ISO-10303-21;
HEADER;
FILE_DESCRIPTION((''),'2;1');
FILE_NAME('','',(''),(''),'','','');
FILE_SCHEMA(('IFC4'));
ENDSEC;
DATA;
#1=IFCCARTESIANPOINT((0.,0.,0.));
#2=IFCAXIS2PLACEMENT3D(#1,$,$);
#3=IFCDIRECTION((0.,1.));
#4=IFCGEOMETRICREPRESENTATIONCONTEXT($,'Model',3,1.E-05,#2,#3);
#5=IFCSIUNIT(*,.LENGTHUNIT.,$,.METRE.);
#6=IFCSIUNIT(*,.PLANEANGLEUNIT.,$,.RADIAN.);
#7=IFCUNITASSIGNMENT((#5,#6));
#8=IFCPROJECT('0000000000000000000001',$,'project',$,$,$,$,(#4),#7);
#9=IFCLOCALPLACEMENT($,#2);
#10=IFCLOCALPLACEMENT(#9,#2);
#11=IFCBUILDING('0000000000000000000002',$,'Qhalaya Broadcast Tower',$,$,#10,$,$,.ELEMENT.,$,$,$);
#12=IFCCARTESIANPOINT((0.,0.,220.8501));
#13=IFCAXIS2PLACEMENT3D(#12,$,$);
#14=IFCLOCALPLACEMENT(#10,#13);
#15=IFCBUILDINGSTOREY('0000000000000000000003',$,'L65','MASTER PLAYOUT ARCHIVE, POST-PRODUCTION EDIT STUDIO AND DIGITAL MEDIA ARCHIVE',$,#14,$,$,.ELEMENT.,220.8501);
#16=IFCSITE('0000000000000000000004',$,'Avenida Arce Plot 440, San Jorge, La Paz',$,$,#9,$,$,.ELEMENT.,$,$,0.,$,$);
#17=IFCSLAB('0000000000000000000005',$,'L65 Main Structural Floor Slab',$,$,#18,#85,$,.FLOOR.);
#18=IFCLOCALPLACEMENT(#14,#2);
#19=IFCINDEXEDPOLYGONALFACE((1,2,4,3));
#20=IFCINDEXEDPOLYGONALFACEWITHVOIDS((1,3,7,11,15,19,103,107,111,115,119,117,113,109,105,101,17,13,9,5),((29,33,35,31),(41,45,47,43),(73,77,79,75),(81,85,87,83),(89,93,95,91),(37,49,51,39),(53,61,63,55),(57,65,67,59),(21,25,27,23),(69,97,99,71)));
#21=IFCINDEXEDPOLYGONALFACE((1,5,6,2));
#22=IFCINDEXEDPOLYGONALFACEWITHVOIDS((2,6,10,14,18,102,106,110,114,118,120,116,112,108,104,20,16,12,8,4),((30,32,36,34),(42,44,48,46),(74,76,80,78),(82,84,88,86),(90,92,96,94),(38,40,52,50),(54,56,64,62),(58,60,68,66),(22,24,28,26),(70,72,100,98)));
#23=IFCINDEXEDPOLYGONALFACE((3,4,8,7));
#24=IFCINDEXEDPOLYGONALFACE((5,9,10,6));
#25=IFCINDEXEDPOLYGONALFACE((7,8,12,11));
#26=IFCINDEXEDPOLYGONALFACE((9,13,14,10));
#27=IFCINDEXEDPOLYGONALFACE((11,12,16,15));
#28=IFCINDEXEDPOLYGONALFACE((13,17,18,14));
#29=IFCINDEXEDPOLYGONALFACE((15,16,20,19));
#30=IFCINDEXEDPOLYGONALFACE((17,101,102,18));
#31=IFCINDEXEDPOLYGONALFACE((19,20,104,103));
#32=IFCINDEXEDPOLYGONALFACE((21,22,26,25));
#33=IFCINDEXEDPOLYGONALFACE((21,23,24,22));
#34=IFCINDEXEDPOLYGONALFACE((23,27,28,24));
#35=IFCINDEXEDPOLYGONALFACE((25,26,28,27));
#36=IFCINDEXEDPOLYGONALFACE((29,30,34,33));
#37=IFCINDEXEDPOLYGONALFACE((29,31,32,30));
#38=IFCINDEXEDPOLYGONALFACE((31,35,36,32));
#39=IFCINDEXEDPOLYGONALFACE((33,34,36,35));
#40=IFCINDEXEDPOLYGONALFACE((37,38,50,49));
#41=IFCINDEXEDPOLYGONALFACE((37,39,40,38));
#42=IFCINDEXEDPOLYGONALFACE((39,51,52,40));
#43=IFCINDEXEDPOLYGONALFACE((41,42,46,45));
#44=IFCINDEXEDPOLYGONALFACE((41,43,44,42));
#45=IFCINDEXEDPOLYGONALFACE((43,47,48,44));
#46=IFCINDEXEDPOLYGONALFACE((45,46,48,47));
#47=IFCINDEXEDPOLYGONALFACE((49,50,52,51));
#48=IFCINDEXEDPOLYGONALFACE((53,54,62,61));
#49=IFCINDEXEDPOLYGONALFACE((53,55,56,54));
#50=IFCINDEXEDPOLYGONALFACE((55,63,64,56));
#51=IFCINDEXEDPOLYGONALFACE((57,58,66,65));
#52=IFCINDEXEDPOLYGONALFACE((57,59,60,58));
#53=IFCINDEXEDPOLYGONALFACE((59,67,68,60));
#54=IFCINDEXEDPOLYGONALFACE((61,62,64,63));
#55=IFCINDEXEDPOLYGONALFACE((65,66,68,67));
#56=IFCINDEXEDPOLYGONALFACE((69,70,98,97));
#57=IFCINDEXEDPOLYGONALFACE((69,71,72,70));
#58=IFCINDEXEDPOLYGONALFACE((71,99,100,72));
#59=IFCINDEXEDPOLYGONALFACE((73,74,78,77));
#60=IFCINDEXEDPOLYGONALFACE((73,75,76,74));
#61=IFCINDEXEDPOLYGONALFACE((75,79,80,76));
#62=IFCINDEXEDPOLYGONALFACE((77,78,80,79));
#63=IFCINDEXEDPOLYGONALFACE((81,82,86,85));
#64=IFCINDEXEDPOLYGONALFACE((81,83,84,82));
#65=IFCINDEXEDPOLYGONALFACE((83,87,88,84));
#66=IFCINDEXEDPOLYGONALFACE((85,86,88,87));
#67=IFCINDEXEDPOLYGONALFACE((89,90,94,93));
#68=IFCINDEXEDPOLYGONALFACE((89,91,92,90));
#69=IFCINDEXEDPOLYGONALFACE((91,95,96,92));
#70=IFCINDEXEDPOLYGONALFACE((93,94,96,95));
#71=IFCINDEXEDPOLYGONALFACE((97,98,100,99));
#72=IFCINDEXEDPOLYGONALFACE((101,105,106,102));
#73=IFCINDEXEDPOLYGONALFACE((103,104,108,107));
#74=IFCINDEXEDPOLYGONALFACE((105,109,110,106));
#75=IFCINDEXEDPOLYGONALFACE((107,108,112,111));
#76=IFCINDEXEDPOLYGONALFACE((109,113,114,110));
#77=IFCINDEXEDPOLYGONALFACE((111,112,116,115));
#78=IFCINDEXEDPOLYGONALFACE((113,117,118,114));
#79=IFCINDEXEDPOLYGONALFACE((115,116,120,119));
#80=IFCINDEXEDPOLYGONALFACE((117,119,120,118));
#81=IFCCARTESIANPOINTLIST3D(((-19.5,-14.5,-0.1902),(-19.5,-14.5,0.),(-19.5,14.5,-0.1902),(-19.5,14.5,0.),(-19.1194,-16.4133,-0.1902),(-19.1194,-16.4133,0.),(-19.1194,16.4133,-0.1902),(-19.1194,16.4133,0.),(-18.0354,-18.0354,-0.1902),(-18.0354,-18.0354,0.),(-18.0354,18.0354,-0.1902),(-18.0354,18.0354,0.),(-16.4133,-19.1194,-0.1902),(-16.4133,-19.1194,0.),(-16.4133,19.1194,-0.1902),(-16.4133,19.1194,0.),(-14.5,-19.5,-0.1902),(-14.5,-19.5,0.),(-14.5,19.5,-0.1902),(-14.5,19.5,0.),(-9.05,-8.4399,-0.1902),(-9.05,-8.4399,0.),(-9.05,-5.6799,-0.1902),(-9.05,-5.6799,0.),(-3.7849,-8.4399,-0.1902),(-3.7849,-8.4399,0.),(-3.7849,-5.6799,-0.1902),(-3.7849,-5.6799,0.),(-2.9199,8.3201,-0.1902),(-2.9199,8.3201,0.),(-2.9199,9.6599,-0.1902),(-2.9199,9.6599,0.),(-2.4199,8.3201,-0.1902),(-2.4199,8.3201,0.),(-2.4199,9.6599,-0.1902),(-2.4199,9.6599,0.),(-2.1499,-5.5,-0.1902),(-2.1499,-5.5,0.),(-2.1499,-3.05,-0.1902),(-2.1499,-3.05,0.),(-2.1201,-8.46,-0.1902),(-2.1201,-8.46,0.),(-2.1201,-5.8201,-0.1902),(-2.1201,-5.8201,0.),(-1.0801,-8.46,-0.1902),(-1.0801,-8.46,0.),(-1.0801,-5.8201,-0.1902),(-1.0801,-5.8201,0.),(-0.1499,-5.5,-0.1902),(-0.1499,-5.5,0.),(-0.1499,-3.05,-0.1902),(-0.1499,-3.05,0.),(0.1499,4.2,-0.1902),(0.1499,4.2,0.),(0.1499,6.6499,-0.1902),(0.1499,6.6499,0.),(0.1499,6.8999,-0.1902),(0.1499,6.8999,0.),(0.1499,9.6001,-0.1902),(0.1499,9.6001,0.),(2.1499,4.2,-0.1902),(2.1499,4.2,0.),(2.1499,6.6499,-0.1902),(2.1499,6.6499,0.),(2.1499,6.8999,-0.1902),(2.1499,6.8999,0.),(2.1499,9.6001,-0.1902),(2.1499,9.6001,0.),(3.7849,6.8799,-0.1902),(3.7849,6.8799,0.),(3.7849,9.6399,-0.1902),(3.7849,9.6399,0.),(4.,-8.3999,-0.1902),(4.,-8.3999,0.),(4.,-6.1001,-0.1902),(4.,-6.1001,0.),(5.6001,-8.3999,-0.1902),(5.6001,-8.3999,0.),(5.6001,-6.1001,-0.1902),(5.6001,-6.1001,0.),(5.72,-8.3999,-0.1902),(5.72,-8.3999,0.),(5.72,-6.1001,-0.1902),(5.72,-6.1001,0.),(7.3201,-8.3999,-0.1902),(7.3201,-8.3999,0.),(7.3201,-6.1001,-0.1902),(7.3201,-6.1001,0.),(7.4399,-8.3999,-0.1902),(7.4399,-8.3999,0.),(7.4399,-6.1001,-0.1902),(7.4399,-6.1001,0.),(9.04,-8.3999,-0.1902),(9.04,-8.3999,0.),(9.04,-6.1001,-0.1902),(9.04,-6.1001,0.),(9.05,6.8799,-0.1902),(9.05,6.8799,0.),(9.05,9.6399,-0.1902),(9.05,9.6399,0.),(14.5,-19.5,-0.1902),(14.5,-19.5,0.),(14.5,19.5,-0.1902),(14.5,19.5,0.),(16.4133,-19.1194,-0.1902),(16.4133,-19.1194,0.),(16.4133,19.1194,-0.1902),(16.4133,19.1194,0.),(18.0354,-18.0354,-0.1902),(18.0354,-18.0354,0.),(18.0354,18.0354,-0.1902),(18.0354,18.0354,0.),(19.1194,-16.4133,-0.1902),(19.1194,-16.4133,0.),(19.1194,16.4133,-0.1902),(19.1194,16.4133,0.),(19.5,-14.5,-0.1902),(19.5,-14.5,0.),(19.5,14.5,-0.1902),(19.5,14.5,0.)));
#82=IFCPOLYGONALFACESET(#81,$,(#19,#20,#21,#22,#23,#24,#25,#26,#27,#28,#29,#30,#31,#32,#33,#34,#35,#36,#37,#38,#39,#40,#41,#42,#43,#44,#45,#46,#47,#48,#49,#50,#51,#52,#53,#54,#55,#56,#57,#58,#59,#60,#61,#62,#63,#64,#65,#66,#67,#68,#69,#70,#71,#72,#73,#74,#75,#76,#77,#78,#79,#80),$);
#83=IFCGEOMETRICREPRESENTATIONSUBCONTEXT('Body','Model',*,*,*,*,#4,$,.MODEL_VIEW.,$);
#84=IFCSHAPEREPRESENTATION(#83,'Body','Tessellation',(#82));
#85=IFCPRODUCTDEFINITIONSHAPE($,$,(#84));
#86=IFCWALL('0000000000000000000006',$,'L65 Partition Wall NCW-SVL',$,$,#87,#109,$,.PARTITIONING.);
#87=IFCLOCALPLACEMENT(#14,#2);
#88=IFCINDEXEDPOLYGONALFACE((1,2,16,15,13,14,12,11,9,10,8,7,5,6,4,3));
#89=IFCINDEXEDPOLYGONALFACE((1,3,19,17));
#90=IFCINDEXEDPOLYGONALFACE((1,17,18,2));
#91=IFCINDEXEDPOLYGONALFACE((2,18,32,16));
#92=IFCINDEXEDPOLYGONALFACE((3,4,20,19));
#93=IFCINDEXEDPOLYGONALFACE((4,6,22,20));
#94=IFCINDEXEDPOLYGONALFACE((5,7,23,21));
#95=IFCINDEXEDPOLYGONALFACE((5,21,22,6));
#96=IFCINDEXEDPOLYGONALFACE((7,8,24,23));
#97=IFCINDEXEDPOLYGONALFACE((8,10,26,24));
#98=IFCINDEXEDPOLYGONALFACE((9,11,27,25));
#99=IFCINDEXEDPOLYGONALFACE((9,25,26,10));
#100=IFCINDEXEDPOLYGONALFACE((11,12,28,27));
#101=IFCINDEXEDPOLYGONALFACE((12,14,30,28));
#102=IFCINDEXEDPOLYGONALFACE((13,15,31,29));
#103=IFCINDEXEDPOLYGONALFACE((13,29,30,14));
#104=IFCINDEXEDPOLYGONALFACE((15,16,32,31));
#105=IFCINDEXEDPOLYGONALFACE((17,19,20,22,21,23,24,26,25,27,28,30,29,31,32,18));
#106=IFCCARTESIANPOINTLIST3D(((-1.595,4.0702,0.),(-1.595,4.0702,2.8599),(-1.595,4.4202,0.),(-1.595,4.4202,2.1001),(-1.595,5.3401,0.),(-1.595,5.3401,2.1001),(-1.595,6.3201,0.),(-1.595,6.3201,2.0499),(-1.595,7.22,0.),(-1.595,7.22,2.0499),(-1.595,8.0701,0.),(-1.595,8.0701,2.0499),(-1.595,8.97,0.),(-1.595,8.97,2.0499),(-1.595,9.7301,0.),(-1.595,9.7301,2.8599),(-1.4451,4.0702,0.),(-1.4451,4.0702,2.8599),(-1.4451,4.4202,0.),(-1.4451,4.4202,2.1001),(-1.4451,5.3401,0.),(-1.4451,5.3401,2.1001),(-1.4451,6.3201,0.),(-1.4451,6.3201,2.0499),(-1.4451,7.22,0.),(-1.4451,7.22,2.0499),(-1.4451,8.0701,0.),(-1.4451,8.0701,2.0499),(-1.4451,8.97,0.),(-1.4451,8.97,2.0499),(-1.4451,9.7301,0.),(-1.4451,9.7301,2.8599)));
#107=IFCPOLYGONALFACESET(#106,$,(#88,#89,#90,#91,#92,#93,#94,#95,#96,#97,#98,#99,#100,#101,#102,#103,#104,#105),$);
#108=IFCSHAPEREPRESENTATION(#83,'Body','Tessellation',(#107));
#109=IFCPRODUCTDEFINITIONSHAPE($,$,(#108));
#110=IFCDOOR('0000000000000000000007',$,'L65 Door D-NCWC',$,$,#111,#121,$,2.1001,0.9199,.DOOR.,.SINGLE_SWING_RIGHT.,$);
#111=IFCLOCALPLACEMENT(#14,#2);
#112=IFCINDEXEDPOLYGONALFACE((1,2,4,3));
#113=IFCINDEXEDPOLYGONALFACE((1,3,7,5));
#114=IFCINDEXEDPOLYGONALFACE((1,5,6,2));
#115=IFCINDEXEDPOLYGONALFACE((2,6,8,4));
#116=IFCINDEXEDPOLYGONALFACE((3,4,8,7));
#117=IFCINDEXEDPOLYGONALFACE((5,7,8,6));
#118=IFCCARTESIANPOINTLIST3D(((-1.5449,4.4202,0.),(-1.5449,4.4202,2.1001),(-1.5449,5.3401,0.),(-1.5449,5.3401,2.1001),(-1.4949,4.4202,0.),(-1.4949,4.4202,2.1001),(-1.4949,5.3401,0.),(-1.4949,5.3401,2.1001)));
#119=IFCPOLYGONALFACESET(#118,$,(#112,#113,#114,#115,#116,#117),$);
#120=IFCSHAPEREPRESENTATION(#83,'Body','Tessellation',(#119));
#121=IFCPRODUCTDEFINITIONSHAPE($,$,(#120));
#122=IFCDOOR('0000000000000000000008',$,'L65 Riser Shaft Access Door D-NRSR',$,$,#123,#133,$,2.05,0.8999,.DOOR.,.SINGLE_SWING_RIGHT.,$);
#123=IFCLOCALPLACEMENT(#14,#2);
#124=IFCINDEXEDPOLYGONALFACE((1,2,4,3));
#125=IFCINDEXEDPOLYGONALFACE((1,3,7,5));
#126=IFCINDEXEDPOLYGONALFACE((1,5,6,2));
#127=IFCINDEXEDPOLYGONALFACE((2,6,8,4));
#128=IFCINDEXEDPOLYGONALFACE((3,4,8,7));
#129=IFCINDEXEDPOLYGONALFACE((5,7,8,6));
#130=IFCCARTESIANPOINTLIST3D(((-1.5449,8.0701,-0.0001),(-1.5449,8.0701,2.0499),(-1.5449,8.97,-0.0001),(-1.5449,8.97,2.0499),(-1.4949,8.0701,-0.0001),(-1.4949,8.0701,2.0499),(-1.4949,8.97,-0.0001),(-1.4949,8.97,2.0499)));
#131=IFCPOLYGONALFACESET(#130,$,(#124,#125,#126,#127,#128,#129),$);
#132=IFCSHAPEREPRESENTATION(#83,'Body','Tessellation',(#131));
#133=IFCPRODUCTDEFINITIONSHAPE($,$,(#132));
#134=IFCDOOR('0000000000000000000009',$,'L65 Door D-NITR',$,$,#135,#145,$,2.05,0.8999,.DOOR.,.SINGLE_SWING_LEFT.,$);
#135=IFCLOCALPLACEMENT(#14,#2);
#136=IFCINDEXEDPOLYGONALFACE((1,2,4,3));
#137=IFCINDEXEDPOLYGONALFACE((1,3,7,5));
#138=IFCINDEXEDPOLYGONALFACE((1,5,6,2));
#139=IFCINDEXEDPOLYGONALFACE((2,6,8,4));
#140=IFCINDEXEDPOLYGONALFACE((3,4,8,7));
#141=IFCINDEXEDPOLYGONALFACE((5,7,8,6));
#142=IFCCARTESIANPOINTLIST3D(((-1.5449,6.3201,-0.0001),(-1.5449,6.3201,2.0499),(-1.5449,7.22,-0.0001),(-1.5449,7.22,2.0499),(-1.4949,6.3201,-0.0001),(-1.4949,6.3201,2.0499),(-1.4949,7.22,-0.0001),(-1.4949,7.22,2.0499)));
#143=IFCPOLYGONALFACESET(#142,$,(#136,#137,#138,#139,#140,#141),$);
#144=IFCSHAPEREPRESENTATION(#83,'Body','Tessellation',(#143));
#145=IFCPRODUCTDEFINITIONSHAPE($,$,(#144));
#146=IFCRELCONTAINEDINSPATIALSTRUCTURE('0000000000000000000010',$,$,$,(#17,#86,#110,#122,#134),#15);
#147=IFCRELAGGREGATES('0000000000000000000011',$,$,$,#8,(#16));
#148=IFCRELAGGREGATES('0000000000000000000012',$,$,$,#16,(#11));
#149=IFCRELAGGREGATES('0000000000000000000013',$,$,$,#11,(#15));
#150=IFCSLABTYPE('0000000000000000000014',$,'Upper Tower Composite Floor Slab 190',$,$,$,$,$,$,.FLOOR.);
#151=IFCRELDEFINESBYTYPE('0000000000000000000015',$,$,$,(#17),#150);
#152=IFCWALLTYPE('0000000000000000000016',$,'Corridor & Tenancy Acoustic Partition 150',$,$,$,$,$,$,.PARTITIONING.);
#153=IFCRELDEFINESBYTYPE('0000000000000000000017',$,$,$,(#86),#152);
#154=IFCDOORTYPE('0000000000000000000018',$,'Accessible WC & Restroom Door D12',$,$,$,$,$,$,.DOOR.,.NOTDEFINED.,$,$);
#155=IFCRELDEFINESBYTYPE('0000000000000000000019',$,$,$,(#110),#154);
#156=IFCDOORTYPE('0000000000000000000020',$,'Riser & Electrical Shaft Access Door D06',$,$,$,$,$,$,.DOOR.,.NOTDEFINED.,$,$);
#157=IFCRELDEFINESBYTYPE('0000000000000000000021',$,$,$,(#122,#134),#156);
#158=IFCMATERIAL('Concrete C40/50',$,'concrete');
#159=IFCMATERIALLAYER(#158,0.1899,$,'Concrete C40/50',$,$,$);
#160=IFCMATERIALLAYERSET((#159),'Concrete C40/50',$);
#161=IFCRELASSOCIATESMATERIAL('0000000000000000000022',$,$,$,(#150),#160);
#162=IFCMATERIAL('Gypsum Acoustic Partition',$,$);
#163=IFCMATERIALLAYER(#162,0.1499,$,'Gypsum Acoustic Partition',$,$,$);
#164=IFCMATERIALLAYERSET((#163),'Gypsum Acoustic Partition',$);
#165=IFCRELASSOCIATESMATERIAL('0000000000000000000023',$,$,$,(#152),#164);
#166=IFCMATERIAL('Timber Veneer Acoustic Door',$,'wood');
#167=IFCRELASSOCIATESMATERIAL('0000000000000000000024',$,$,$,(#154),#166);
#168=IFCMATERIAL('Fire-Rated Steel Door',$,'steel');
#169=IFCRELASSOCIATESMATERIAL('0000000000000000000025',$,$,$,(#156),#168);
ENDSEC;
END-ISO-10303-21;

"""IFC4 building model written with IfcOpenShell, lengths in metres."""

from ifc_helpers import new_model, si_unit, direction, frame, frame_2d, origin, place, context, subcontext, project, spatial, polyline, rectangle, outline, extrude, material, layer, layer_set, type_object, element, fill, save


model = new_model("IFC4")

# Units and contexts
model_context = context("Model", 3, precision=1e-05, world=origin(), true_north=direction((0.0, 1.0)))
body_context = subcontext(model_context, "Body", "Model", "MODEL_VIEW")
ifc_project = project(units=[si_unit("LENGTHUNIT", "METRE"), si_unit("PLANEANGLEUNIT", "RADIAN")], contexts=[model_context])

# Site, building, storey
site_placement = place(None, origin())
site = spatial("IfcSite", under=ifc_project, at=site_placement, Name="Avenida Arce Plot 440, San Jorge, La Paz", CompositionType="ELEMENT", RefElevation=0.0)
building_placement = place(site_placement, origin())
building = spatial("IfcBuilding", under=site, at=building_placement, Name="Qhalaya Broadcast Tower", CompositionType="ELEMENT")
storey_placement = place(building_placement, frame((0.0, 0.0, 220.8501)))
storey = spatial("IfcBuildingStorey", under=building, at=storey_placement, Name="L65", Description="MASTER PLAYOUT ARCHIVE, POST-PRODUCTION EDIT STUDIO AND DIGITAL MEDIA ARCHIVE", CompositionType="ELEMENT", Elevation=220.8501)

# Slab
ifc_material_1 = material(Name="Concrete C40/50", Category="concrete")
ifc_layer_1 = layer(ifc_material_1, 0.1899, Name="Concrete C40/50")
ifc_layer_set_1 = layer_set([ifc_layer_1], Name="Concrete C40/50")
slab_type = type_object("IfcSlabType", Name="Upper Tower Composite Floor Slab 190", PredefinedType="FLOOR", material=ifc_layer_set_1)
slab_placement = place(storey_placement, frame((0.0, 0.0, -0.1902)))
element("IfcSlab", 1, at=slab_placement, inside=storey, type_object=slab_type, Name="L65 Main Structural Floor Slab", PredefinedType="FLOOR", context=body_context, shape_type="SweptSolid", body=[
    extrude(outline(polyline([(14.5, -19.5), (16.4133, -19.1194), (18.0354, -18.0354), (19.1194, -16.4133), (19.5, -14.5), (19.5, 14.5), (19.1194, 16.4133), (18.0354, 18.0354), (16.4133, 19.1194), (14.5, 19.5), (-14.5, 19.5), (-16.4133, 19.1194), (-18.0354, 18.0354), (-19.1194, 16.4133), (-19.5, 14.5), (-19.5, -14.5), (-19.1194, -16.4133), (-18.0354, -18.0354), (-16.4133, -19.1194), (-14.5, -19.5), (14.5, -19.5)]), holes=[polyline([(3.7849, 9.6399), (9.05, 9.6399), (9.05, 6.8799), (3.7849, 6.8799), (3.7849, 9.6399)]), polyline([(-3.7849, -8.4399), (-9.05, -8.4399), (-9.05, -5.6799), (-3.7849, -5.6799), (-3.7849, -8.4399)]), polyline([(0.1499, 6.6499), (2.1499, 6.6499), (2.1499, 4.2), (0.1499, 4.2), (0.1499, 6.6499)]), polyline([(0.1499, 9.6001), (2.1499, 9.6001), (2.1499, 6.8999), (0.1499, 6.8999), (0.1499, 9.6001)]), polyline([(-2.1499, -3.05), (-0.1499, -3.05), (-0.1499, -5.5), (-2.1499, -5.5), (-2.1499, -3.05)]), polyline([(4.0, -6.1001), (5.6001, -6.1001), (5.6001, -8.3999), (4.0, -8.3999), (4.0, -6.1001)]), polyline([(5.72, -6.1001), (7.3201, -6.1001), (7.3201, -8.3999), (5.72, -8.3999), (5.72, -6.1001)]), polyline([(7.4399, -6.1001), (9.04, -6.1001), (9.04, -8.3999), (7.4399, -8.3999), (7.4399, -6.1001)]), polyline([(-2.9199, 9.6599), (-2.4199, 9.6599), (-2.4199, 8.3201), (-2.9199, 8.3201), (-2.9199, 9.6599)]), polyline([(-2.1201, -5.8201), (-1.0801, -5.8201), (-1.0801, -8.46), (-2.1201, -8.46), (-2.1201, -5.8201)])]), origin(), (0.0, 0.0, 1.0), 0.1902),
])

# Wall, openings, doors
ifc_material_2 = material(Name="Gypsum Acoustic Partition")
ifc_layer_2 = layer(ifc_material_2, 0.1499, Name="Gypsum Acoustic Partition")
ifc_layer_set_2 = layer_set([ifc_layer_2], Name="Gypsum Acoustic Partition")
wall_type_1 = type_object("IfcWallType", Name="Corridor & Tenancy Acoustic Partition 150", PredefinedType="PARTITIONING", material=ifc_layer_set_2)
wall_1_placement = place(storey_placement, frame((-1.52, 4.0701, 0.0), z_axis=(0.0, 0.0, 1.0), x_axis=(0.0, 1.0, 0.0)))
wall_1 = element("IfcWall", 2, at=wall_1_placement, inside=storey, type_object=wall_type_1, Name="L65 Partition Wall NCW-SVL", PredefinedType="PARTITIONING", context=body_context, shape_type="SweptSolid", body=[
    extrude(rectangle(XDim=5.6599, YDim=0.1499, at=frame_2d((2.8301, 0.0))), origin(), (0.0, 0.0, 1.0), 2.8599),
])
opening_1_placement = place(wall_1_placement, frame((4.0, 0.0, 0.0)))
opening_1 = element("IfcOpeningElement", 3, at=opening_1_placement, cuts=wall_1, PredefinedType="OPENING", context=body_context, shape_type="SweptSolid", body=[
    extrude(rectangle(XDim=0.8999, YDim=2.05, at=frame_2d((0.45, 1.0249))), frame((0.0, 0.0869, 0.0), z_axis=(0.0, -1.0, 0.0), x_axis=(1.0, 0.0, 0.0)), (0.0, 0.0, 1.0), 0.1738),
])
opening_2_placement = place(wall_1_placement, frame((2.25, 0.0, 0.0)))
opening_2 = element("IfcOpeningElement", 4, at=opening_2_placement, cuts=wall_1, PredefinedType="OPENING", context=body_context, shape_type="SweptSolid", body=[
    extrude(rectangle(XDim=0.8999, YDim=2.05, at=frame_2d((0.45, 1.0249))), frame((0.0, 0.0869, 0.0), z_axis=(0.0, -1.0, 0.0), x_axis=(1.0, 0.0, 0.0)), (0.0, 0.0, 1.0), 0.1738),
])
opening_3_placement = place(wall_1_placement, frame((0.3501, 0.0, 0.0)))
opening_3 = element("IfcOpeningElement", 5, at=opening_3_placement, cuts=wall_1, PredefinedType="OPENING", context=body_context, shape_type="SweptSolid", body=[
    extrude(rectangle(XDim=0.9199, YDim=2.1001, at=frame_2d((0.46, 1.05))), frame((0.0, 0.0869, 0.0), z_axis=(0.0, -1.0, 0.0), x_axis=(1.0, 0.0, 0.0)), (0.0, 0.0, 1.0), 0.1738),
])
ifc_material_3 = material(Name="Timber Veneer Acoustic Door", Category="wood")
door_type_1 = type_object("IfcDoorType", Name="Accessible WC & Restroom Door D12", OperationType="NOTDEFINED", PredefinedType="DOOR", material=ifc_material_3)
door_1_placement = place(opening_3_placement, origin())
door_1 = element("IfcDoor", 6, at=door_1_placement, inside=storey, type_object=door_type_1, Name="L65 Door D-NCWC", OperationType="SINGLE_SWING_RIGHT", OverallHeight=2.1001, OverallWidth=0.9199, PredefinedType="DOOR", context=body_context, shape_type="SweptSolid", body=[
    extrude(rectangle(XDim=0.9199, YDim=2.1001, at=frame_2d((0.46, 1.05))), frame((0.0, 0.0249, 0.0), z_axis=(0.0, -1.0, 0.0), x_axis=(1.0, 0.0, 0.0)), (0.0, 0.0, 1.0), 0.05),
])
fill(opening_3, door_1)
ifc_material_4 = material(Name="Fire-Rated Steel Door", Category="steel")
door_type_2 = type_object("IfcDoorType", Name="Riser & Electrical Shaft Access Door D06", OperationType="NOTDEFINED", PredefinedType="DOOR", material=ifc_material_4)
door_2_placement = place(opening_1_placement, origin())
door_2 = element("IfcDoor", 7, at=door_2_placement, inside=storey, type_object=door_type_2, Name="L65 Riser Shaft Access Door D-NRSR", OperationType="SINGLE_SWING_RIGHT", OverallHeight=2.05, OverallWidth=0.8999, PredefinedType="DOOR", context=body_context, shape_type="SweptSolid", body=[
    extrude(rectangle(XDim=0.8999, YDim=2.05, at=frame_2d((0.45, 1.0249))), frame((0.0, 0.0249, 0.0), z_axis=(0.0, -1.0, 0.0), x_axis=(1.0, 0.0, 0.0)), (0.0, 0.0, 1.0), 0.05),
])
fill(opening_1, door_2)
door_3_placement = place(opening_2_placement, origin())
door_3 = element("IfcDoor", 8, at=door_3_placement, inside=storey, type_object=door_type_2, Name="L65 Door D-NITR", OperationType="SINGLE_SWING_LEFT", OverallHeight=2.05, OverallWidth=0.8999, PredefinedType="DOOR", context=body_context, shape_type="SweptSolid", body=[
    extrude(rectangle(XDim=0.8999, YDim=2.05, at=frame_2d((0.45, 1.0249))), frame((0.0, 0.0249, 0.0), z_axis=(0.0, -1.0, 0.0), x_axis=(1.0, 0.0, 0.0)), (0.0, 0.0, 1.0), 0.05),
])
fill(opening_2, door_3)

save(model, "model.ifc")
